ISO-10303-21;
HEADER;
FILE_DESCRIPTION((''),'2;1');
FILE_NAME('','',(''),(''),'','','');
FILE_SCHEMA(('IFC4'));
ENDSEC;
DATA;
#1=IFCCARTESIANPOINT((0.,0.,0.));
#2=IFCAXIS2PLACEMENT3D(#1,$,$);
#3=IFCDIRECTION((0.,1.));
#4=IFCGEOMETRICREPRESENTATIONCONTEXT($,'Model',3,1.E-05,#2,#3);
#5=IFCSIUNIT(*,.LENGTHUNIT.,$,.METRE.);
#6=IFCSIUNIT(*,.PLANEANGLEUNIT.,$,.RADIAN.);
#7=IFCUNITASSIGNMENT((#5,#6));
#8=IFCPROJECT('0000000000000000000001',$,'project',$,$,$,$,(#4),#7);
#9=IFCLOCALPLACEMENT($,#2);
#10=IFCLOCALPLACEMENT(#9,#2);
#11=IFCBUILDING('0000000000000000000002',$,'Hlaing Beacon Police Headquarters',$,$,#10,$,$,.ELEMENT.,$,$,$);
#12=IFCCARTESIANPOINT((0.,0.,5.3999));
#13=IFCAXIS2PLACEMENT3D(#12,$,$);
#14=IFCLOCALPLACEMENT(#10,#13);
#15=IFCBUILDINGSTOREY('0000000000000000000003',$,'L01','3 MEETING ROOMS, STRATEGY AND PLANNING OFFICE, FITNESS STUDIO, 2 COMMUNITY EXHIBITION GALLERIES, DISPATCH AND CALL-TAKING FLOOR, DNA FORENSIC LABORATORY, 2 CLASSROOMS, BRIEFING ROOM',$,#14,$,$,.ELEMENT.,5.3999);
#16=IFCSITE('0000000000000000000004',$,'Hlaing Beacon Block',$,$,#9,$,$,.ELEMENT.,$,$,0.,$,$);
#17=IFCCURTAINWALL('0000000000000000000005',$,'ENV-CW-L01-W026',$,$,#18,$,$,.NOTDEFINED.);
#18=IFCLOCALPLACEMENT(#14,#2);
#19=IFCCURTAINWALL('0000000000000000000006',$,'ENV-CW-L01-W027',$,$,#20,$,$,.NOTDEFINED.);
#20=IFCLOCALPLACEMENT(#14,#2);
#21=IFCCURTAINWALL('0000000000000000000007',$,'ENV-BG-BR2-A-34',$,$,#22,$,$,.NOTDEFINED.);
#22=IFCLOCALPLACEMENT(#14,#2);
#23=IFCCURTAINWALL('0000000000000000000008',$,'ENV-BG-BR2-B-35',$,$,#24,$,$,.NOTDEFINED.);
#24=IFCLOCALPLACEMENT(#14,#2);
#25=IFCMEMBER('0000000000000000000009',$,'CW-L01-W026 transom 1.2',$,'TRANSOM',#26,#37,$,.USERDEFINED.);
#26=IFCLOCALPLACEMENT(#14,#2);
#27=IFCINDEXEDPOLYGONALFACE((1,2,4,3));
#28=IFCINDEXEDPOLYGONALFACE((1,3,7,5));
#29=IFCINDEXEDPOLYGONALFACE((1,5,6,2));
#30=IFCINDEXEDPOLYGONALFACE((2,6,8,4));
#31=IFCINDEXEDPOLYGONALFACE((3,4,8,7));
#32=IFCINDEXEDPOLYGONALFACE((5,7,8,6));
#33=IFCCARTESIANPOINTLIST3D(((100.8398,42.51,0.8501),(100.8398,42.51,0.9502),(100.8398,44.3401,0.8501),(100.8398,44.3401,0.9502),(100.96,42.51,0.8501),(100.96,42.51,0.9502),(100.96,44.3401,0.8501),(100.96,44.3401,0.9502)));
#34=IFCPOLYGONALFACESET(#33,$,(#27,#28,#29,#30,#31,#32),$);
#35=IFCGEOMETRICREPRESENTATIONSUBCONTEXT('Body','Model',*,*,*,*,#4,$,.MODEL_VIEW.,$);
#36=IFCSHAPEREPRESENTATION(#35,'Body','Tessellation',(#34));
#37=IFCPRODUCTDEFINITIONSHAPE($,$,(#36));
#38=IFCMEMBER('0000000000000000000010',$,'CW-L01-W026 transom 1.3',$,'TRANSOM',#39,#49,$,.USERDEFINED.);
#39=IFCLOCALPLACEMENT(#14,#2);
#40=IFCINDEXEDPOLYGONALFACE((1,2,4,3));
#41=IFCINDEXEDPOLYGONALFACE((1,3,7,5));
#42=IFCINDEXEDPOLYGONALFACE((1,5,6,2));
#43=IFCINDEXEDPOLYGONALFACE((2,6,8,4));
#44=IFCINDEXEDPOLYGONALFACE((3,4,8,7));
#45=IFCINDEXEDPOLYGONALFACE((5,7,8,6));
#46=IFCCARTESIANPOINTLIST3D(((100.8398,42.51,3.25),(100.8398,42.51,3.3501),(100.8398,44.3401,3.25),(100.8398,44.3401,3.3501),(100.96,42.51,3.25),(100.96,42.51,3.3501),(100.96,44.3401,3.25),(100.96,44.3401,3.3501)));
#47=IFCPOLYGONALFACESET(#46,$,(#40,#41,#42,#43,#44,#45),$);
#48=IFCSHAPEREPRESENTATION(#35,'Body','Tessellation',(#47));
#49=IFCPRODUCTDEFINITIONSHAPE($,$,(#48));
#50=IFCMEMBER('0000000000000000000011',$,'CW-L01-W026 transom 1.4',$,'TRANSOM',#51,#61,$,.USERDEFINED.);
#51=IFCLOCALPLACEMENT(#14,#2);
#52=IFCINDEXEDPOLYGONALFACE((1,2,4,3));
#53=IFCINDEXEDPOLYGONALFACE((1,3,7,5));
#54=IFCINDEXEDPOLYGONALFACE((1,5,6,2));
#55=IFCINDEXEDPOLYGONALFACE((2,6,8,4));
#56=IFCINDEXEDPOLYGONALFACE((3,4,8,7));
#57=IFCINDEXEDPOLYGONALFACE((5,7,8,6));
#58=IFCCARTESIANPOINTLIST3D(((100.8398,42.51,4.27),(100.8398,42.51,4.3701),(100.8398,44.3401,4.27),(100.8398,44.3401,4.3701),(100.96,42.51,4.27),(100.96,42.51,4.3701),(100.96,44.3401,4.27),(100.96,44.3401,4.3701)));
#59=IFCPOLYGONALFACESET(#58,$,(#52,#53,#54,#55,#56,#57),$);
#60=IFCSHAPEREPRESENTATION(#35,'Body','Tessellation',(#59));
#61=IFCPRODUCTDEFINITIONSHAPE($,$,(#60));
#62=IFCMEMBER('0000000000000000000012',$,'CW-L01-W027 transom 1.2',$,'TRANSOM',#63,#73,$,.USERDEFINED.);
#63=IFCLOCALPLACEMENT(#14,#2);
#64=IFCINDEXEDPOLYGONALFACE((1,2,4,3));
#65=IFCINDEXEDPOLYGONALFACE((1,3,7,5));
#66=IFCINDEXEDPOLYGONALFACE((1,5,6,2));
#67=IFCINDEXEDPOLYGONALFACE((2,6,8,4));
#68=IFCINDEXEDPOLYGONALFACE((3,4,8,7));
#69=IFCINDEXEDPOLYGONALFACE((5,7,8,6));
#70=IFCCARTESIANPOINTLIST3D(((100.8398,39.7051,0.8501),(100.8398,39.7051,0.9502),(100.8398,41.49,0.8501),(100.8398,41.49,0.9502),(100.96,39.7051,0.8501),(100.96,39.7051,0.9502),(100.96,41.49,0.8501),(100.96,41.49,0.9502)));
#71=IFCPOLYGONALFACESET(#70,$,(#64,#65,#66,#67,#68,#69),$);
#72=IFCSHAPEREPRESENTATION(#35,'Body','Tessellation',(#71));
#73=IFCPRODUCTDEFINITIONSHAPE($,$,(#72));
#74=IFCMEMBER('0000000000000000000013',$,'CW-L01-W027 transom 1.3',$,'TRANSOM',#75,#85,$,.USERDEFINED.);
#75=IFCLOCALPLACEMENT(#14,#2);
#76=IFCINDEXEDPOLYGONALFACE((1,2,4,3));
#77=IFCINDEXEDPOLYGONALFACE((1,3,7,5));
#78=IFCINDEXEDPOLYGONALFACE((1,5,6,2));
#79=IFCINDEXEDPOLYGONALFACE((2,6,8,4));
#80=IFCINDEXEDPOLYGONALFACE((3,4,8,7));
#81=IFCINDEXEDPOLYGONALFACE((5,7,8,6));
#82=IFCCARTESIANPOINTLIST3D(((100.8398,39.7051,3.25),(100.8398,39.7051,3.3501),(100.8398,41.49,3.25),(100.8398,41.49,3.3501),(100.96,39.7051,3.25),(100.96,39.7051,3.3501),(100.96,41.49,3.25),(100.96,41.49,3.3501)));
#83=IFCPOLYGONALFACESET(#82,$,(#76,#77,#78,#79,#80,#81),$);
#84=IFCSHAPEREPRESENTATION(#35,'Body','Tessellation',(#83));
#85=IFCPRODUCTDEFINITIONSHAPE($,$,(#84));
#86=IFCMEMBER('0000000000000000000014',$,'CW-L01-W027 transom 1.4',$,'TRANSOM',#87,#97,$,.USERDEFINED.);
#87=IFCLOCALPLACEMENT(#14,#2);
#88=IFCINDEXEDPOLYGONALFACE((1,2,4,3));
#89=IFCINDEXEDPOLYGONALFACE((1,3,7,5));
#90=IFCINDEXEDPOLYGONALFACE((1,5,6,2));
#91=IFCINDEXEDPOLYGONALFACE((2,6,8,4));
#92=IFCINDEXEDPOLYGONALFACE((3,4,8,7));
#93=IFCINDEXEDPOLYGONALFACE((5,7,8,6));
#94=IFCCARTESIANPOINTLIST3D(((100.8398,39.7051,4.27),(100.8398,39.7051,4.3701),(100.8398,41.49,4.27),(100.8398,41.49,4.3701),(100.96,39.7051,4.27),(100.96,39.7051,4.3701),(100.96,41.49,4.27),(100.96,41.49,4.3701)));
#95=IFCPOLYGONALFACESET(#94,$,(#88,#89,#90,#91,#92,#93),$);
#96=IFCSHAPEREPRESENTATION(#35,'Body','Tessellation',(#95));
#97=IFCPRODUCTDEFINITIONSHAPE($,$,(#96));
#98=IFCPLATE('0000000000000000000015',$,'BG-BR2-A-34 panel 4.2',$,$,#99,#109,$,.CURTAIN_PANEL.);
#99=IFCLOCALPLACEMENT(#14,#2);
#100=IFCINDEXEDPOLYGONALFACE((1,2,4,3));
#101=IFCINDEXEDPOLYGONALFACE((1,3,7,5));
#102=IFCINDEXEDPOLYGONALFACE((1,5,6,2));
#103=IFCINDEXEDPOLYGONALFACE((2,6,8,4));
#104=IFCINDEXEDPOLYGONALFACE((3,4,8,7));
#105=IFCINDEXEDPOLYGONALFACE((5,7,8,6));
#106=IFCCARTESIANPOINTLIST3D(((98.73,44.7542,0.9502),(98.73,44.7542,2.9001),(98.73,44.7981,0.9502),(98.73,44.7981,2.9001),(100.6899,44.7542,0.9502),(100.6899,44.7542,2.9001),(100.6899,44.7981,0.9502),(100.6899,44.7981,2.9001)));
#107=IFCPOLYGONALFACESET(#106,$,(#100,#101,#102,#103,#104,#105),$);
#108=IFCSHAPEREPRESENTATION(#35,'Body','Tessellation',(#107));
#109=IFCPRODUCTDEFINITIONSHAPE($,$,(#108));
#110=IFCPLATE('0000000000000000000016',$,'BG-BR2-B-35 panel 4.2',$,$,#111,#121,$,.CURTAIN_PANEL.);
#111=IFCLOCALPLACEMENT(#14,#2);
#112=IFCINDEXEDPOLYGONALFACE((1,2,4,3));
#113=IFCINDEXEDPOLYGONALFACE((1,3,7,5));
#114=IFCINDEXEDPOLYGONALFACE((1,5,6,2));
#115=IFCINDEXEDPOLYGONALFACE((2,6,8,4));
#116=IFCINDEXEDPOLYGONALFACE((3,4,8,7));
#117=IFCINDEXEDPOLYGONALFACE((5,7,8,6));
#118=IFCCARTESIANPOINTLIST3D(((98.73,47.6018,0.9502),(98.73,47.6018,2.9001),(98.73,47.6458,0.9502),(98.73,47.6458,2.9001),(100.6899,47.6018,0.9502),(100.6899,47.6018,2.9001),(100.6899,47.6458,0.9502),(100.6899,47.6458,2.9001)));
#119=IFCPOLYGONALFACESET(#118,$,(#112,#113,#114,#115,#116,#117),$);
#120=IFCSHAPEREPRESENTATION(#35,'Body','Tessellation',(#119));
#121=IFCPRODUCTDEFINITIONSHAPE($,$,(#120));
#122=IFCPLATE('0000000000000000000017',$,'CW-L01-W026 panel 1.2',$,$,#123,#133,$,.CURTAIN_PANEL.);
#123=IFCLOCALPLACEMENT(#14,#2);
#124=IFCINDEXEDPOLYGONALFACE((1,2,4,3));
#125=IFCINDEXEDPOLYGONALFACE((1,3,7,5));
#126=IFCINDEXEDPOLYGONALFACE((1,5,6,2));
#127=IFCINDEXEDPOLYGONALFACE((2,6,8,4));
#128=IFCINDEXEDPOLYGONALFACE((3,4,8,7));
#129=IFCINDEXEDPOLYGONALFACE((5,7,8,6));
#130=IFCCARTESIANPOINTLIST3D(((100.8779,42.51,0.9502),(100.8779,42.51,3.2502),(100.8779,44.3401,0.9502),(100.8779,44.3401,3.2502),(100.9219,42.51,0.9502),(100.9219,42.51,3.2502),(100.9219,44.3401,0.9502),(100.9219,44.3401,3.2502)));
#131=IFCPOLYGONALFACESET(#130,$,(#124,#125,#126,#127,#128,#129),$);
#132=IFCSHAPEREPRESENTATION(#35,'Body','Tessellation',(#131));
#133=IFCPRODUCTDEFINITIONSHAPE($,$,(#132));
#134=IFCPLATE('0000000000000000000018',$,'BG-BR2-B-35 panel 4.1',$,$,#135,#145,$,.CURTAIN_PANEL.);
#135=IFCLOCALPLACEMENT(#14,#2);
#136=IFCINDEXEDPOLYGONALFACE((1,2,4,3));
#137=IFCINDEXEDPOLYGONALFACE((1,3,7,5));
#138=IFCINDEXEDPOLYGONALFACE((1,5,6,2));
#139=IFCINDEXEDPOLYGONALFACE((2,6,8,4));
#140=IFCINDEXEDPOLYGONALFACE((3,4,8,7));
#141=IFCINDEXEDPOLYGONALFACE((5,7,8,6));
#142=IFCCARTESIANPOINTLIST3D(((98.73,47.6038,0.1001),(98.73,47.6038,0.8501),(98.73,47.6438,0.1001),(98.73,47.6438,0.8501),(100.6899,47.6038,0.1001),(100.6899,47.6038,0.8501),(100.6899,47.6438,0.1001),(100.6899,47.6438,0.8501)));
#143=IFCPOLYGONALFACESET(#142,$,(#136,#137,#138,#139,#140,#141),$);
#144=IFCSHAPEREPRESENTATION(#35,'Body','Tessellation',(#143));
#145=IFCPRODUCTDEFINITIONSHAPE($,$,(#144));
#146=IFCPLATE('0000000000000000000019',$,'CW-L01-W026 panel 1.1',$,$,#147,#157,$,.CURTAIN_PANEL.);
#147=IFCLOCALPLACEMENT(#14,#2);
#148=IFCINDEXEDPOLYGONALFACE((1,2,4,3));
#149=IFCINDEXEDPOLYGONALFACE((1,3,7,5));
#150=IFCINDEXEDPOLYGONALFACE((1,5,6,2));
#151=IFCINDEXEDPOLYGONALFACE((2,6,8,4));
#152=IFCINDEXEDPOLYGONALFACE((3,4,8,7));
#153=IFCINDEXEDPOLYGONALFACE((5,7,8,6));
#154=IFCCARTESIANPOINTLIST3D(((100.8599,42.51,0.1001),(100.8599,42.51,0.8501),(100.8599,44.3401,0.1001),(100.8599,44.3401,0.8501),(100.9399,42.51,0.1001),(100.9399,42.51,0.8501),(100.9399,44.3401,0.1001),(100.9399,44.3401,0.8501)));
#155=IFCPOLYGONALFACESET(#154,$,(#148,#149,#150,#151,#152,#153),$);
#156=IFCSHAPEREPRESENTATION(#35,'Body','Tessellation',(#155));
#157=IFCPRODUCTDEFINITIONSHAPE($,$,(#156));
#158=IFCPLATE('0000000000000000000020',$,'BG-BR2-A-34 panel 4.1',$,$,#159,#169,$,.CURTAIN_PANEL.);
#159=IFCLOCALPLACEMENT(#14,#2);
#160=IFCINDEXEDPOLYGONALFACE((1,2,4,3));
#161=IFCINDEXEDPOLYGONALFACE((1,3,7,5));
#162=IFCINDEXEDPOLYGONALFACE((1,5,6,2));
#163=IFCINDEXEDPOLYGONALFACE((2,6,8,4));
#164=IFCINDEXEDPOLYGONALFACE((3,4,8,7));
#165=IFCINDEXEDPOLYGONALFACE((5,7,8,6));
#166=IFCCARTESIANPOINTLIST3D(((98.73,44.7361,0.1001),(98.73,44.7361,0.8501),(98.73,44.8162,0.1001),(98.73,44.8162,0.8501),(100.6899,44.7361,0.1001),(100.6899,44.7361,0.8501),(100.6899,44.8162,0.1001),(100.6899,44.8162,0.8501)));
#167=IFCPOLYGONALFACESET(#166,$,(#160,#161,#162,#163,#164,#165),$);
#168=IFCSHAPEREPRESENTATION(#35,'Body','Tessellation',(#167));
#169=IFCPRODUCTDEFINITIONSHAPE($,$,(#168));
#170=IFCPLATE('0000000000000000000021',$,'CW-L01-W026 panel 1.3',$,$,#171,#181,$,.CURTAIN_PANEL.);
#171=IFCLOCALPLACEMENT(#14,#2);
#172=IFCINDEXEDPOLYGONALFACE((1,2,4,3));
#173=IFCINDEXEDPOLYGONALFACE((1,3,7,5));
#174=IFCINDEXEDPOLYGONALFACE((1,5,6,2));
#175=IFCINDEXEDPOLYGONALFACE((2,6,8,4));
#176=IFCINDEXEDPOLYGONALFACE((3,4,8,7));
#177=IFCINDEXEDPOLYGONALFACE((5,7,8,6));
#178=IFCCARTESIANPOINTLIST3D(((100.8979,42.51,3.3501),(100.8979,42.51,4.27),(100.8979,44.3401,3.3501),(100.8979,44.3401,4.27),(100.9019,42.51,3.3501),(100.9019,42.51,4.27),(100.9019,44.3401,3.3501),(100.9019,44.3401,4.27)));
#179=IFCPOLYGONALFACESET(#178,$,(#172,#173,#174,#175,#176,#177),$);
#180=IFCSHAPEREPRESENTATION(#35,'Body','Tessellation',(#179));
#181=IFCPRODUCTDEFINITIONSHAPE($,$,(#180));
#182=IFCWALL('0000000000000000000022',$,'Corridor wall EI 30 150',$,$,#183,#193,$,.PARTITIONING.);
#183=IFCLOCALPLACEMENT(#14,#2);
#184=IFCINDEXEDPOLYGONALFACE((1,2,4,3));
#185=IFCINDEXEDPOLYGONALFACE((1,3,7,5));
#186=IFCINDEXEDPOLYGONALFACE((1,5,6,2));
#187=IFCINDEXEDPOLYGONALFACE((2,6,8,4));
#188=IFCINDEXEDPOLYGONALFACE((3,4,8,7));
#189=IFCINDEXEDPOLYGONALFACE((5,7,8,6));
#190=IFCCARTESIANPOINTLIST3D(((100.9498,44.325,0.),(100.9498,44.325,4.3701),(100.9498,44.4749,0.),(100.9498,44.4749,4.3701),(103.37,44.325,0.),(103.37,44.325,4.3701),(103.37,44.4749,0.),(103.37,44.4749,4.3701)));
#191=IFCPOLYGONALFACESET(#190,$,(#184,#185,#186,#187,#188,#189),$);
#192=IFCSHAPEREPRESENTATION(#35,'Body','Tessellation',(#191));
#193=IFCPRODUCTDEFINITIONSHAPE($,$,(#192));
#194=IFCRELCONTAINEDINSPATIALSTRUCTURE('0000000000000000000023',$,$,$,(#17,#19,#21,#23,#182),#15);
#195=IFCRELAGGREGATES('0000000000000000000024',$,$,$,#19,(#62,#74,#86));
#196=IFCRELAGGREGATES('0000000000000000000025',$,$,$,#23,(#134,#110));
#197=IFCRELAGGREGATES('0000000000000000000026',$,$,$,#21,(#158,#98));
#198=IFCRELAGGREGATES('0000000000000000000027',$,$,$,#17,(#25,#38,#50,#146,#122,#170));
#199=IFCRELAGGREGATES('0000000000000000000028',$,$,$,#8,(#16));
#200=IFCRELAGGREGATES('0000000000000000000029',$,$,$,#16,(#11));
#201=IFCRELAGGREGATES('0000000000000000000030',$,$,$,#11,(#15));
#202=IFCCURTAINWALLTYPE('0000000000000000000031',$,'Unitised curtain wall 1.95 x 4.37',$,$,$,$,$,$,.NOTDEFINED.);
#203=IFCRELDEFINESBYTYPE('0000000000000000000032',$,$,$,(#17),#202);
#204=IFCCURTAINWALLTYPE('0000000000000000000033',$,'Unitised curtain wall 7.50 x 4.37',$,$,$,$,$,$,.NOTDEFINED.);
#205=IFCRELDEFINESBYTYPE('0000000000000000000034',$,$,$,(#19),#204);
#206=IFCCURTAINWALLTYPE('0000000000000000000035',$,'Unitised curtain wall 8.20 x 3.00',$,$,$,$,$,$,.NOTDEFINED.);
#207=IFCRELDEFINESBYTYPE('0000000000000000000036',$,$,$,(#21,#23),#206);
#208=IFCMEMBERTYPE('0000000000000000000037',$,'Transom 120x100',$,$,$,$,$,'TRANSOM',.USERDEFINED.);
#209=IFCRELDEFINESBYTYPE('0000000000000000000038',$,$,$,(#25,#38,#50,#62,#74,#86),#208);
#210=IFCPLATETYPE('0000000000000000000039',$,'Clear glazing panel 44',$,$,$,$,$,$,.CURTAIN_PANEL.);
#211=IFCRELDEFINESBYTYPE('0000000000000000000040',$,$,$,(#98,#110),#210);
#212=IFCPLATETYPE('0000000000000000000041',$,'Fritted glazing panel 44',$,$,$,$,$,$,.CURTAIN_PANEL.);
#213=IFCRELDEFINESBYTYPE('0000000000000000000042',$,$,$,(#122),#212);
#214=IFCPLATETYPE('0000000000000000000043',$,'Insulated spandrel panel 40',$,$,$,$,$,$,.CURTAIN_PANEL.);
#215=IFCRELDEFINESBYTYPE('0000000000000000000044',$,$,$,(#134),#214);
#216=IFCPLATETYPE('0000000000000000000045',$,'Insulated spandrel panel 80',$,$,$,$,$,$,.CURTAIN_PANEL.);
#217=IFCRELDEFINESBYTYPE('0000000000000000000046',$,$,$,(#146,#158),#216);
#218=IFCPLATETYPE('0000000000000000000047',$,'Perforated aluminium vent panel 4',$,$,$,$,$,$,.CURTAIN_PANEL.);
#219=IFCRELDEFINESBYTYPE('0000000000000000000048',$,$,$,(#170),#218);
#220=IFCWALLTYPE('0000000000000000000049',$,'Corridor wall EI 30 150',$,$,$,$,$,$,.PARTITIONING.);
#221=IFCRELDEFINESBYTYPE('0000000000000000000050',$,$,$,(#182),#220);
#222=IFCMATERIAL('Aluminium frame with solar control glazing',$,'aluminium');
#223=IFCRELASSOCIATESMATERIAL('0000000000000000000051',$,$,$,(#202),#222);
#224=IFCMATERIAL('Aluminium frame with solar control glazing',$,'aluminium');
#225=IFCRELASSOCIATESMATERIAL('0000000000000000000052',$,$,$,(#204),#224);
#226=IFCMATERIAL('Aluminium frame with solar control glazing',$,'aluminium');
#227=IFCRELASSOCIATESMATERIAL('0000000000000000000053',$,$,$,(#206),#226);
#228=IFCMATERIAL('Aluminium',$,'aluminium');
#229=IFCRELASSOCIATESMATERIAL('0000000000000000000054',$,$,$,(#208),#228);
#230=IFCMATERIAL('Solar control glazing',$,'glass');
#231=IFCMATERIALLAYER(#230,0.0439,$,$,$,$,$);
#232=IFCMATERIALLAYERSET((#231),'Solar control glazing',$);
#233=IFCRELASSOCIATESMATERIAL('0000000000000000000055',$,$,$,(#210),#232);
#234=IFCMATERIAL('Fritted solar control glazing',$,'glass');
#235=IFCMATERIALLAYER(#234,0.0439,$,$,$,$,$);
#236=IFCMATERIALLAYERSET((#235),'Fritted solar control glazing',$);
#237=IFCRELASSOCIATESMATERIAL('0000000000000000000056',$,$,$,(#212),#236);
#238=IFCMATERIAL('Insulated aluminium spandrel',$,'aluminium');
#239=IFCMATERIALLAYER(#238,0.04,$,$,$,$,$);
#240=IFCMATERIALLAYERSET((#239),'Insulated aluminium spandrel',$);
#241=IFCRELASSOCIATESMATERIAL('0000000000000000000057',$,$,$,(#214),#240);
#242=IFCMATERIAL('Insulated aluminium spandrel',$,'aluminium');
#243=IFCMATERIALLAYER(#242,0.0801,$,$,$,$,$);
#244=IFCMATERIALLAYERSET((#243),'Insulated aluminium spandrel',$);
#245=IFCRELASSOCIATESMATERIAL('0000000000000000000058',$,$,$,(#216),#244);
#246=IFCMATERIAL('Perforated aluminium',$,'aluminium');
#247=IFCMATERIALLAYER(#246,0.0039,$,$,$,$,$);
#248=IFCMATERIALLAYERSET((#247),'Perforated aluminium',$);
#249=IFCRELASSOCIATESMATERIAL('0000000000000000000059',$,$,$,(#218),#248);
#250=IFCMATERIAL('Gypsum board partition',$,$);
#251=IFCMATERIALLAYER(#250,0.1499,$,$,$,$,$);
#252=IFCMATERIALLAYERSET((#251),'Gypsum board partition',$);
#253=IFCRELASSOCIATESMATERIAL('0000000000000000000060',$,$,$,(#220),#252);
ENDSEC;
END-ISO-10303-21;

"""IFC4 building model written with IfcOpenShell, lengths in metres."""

from ifc_helpers import new_model, si_unit, direction, frame, frame_2d, origin, origin_2d, place, context, subcontext, project, spatial, rectangle, extrude, material, layer, layer_set, material_profile, profile_set, type_object, element, aggregate, save


model = new_model("IFC4")

# Units and contexts
model_context = context("Model", 3, precision=1e-05, world=origin(), true_north=direction((0.0, 1.0)))
body_context = subcontext(model_context, "Body", "Model", "MODEL_VIEW")
ifc_project = project(units=[si_unit("LENGTHUNIT", "METRE"), si_unit("PLANEANGLEUNIT", "RADIAN")], contexts=[model_context])

# Site, building, storey
site_placement = place(None, origin())
site = spatial("IfcSite", under=ifc_project, at=site_placement, Name="Hlaing Beacon Block", CompositionType="ELEMENT", RefElevation=0.0)
building_placement = place(site_placement, origin())
building = spatial("IfcBuilding", under=site, at=building_placement, Name="Hlaing Beacon Police Headquarters", CompositionType="ELEMENT")
storey_placement = place(building_placement, frame((0.0, 0.0, 5.3999)))
storey = spatial("IfcBuildingStorey", under=building, at=storey_placement, Name="L01", Description="3 MEETING ROOMS, STRATEGY AND PLANNING OFFICE, FITNESS STUDIO, 2 COMMUNITY EXHIBITION GALLERIES, DISPATCH AND CALL-TAKING FLOOR, DNA FORENSIC LABORATORY, 2 CLASSROOMS, BRIEFING ROOM", CompositionType="ELEMENT", Elevation=5.3999)

# Shared definitions
ifc_material_1 = material(Name="Aluminium frame with solar control glazing", Category="aluminium")
curtain_wall_type_1 = type_object("IfcCurtainWallType", Name="Unitised curtain wall 1.95 x 4.37", PredefinedType="NOTDEFINED", material=ifc_material_1)

# Curtain wall
curtain_wall_1_placement = place(storey_placement, origin())
curtain_wall_1 = element("IfcCurtainWall", 1, at=curtain_wall_1_placement, inside=storey, type_object=curtain_wall_type_1, Name="ENV-CW-L01-W026", PredefinedType="NOTDEFINED")

# Curtain walls
ifc_material_2 = material(Name="Aluminium frame with solar control glazing", Category="aluminium")
curtain_wall_type_2 = type_object("IfcCurtainWallType", Name="Unitised curtain wall 7.50 x 4.37", PredefinedType="NOTDEFINED", material=ifc_material_2)
curtain_wall_2_placement = place(storey_placement, origin())
curtain_wall_2 = element("IfcCurtainWall", 2, at=curtain_wall_2_placement, inside=storey, type_object=curtain_wall_type_2, Name="ENV-CW-L01-W027", PredefinedType="NOTDEFINED")
ifc_material_3 = material(Name="Aluminium frame with solar control glazing", Category="aluminium")
curtain_wall_type_3 = type_object("IfcCurtainWallType", Name="Unitised curtain wall 8.20 x 3.00", PredefinedType="NOTDEFINED", material=ifc_material_3)
curtain_wall_3_placement = place(storey_placement, origin())
curtain_wall_3 = element("IfcCurtainWall", 3, at=curtain_wall_3_placement, inside=storey, type_object=curtain_wall_type_3, Name="ENV-BG-BR2-A-34", PredefinedType="NOTDEFINED")
curtain_wall_4_placement = place(storey_placement, origin())
curtain_wall_4 = element("IfcCurtainWall", 4, at=curtain_wall_4_placement, inside=storey, type_object=curtain_wall_type_3, Name="ENV-BG-BR2-B-35", PredefinedType="NOTDEFINED")

# Members
ifc_material_4 = material(Name="Aluminium", Category="aluminium")
ifc_material_profile_1 = material_profile(ifc_material_4, rectangle(XDim=0.1201, YDim=0.1001, at=origin_2d()), Name="Transom 120x100")
ifc_profile_set_1 = profile_set([ifc_material_profile_1], Name="Aluminium")
member_type_1 = type_object("IfcMemberType", Name="Transom 120x100", ElementType="TRANSOM", PredefinedType="USERDEFINED", material=ifc_profile_set_1)
member_1_placement = place(storey_placement, frame((100.8999, 44.3401, 0.9001), z_axis=(0.0, -1.0, 0.0), x_axis=(1.0, 0.0, 0.0)))
member_1 = element("IfcMember", 5, at=member_1_placement, type_object=member_type_1, Name="CW-L01-W026 transom 1.2", ObjectType="TRANSOM", PredefinedType="USERDEFINED", context=body_context, shape_type="SweptSolid", body=[
    extrude(rectangle(XDim=0.1201, YDim=0.1001, at=origin_2d()), origin(), (0.0, 0.0, 1.0), 1.8301),
])
member_2_placement = place(storey_placement, frame((100.8999, 44.3401, 3.3), z_axis=(0.0, -1.0, 0.0), x_axis=(1.0, 0.0, 0.0)))
member_2 = element("IfcMember", 6, at=member_2_placement, type_object=member_type_1, Name="CW-L01-W026 transom 1.3", ObjectType="TRANSOM", PredefinedType="USERDEFINED", context=body_context, shape_type="SweptSolid", body=[
    extrude(rectangle(XDim=0.1201, YDim=0.1001, at=origin_2d()), origin(), (0.0, 0.0, 1.0), 1.8301),
])
member_3_placement = place(storey_placement, frame((100.8999, 44.3401, 4.3201), z_axis=(0.0, -1.0, 0.0), x_axis=(1.0, 0.0, 0.0)))
member_3 = element("IfcMember", 7, at=member_3_placement, type_object=member_type_1, Name="CW-L01-W026 transom 1.4", ObjectType="TRANSOM", PredefinedType="USERDEFINED", context=body_context, shape_type="SweptSolid", body=[
    extrude(rectangle(XDim=0.1201, YDim=0.1001, at=origin_2d()), origin(), (0.0, 0.0, 1.0), 1.8301),
])
member_4_placement = place(storey_placement, frame((100.8999, 41.49, 0.9001), z_axis=(0.0, -1.0, 0.0), x_axis=(1.0, 0.0, 0.0)))
member_4 = element("IfcMember", 8, at=member_4_placement, type_object=member_type_1, Name="CW-L01-W027 transom 1.2", ObjectType="TRANSOM", PredefinedType="USERDEFINED", context=body_context, shape_type="SweptSolid", body=[
    extrude(rectangle(XDim=0.1201, YDim=0.1001, at=origin_2d()), origin(), (0.0, 0.0, 1.0), 1.7849),
])
member_5_placement = place(storey_placement, frame((100.8999, 41.49, 3.3), z_axis=(0.0, -1.0, 0.0), x_axis=(1.0, 0.0, 0.0)))
member_5 = element("IfcMember", 9, at=member_5_placement, type_object=member_type_1, Name="CW-L01-W027 transom 1.3", ObjectType="TRANSOM", PredefinedType="USERDEFINED", context=body_context, shape_type="SweptSolid", body=[
    extrude(rectangle(XDim=0.1201, YDim=0.1001, at=origin_2d()), origin(), (0.0, 0.0, 1.0), 1.7849),
])
member_6_placement = place(storey_placement, frame((100.8999, 41.49, 4.3201), z_axis=(0.0, -1.0, 0.0), x_axis=(1.0, 0.0, 0.0)))
member_6 = element("IfcMember", 10, at=member_6_placement, type_object=member_type_1, Name="CW-L01-W027 transom 1.4", ObjectType="TRANSOM", PredefinedType="USERDEFINED", context=body_context, shape_type="SweptSolid", body=[
    extrude(rectangle(XDim=0.1201, YDim=0.1001, at=origin_2d()), origin(), (0.0, 0.0, 1.0), 1.7849),
])
aggregate(curtain_wall_2, [member_4, member_5, member_6])

# Plates
ifc_material_5 = material(Name="Solar control glazing", Category="glass")
ifc_layer_1 = layer(ifc_material_5, 0.0439)
ifc_layer_set_1 = layer_set([ifc_layer_1], Name="Solar control glazing")
plate_type_1 = type_object("IfcPlateType", Name="Clear glazing panel 44", PredefinedType="CURTAIN_PANEL", material=ifc_layer_set_1)
plate_1_placement = place(storey_placement, frame((99.71, 44.7761, 0.9502), z_axis=(0.0, 0.0, 1.0), x_axis=(1.0, 0.0, 0.0)))
plate_1 = element("IfcPlate", 11, at=plate_1_placement, type_object=plate_type_1, Name="BG-BR2-A-34 panel 4.2", PredefinedType="CURTAIN_PANEL", context=body_context, shape_type="SweptSolid", body=[
    extrude(rectangle(XDim=1.96, YDim=0.0439, at=origin_2d()), origin(), (0.0, 0.0, 1.0), 1.95),
])
plate_2_placement = place(storey_placement, frame((99.71, 47.6238, 0.9502), z_axis=(0.0, 0.0, 1.0), x_axis=(1.0, 0.0, 0.0)))
plate_2 = element("IfcPlate", 12, at=plate_2_placement, type_object=plate_type_1, Name="BG-BR2-B-35 panel 4.2", PredefinedType="CURTAIN_PANEL", context=body_context, shape_type="SweptSolid", body=[
    extrude(rectangle(XDim=1.96, YDim=0.0439, at=origin_2d()), origin(), (0.0, 0.0, 1.0), 1.95),
])
ifc_material_6 = material(Name="Fritted solar control glazing", Category="glass")
ifc_layer_2 = layer(ifc_material_6, 0.0439)
ifc_layer_set_2 = layer_set([ifc_layer_2], Name="Fritted solar control glazing")
plate_type_2 = type_object("IfcPlateType", Name="Fritted glazing panel 44", PredefinedType="CURTAIN_PANEL", material=ifc_layer_set_2)
plate_3_placement = place(storey_placement, frame((100.8999, 43.425, 0.9502), z_axis=(0.0, 0.0, 1.0), x_axis=(0.0, -1.0, 0.0)))
plate_3 = element("IfcPlate", 13, at=plate_3_placement, type_object=plate_type_2, Name="CW-L01-W026 panel 1.2", PredefinedType="CURTAIN_PANEL", context=body_context, shape_type="SweptSolid", body=[
    extrude(rectangle(XDim=1.8301, YDim=0.0439, at=origin_2d()), origin(), (0.0, 0.0, 1.0), 2.3),
])
ifc_material_7 = material(Name="Insulated aluminium spandrel", Category="aluminium")
ifc_layer_3 = layer(ifc_material_7, 0.04)
ifc_layer_set_3 = layer_set([ifc_layer_3], Name="Insulated aluminium spandrel")
plate_type_3 = type_object("IfcPlateType", Name="Insulated spandrel panel 40", PredefinedType="CURTAIN_PANEL", material=ifc_layer_set_3)
plate_4_placement = place(storey_placement, frame((99.71, 47.6238, 0.1001), z_axis=(0.0, 0.0, 1.0), x_axis=(1.0, 0.0, 0.0)))
plate_4 = element("IfcPlate", 14, at=plate_4_placement, type_object=plate_type_3, Name="BG-BR2-B-35 panel 4.1", PredefinedType="CURTAIN_PANEL", context=body_context, shape_type="SweptSolid", body=[
    extrude(rectangle(XDim=1.96, YDim=0.04, at=origin_2d()), origin(), (0.0, 0.0, 1.0), 0.75),
])
aggregate(curtain_wall_4, [plate_4, plate_2])
ifc_material_8 = material(Name="Insulated aluminium spandrel", Category="aluminium")
ifc_layer_4 = layer(ifc_material_8, 0.0801)
ifc_layer_set_4 = layer_set([ifc_layer_4], Name="Insulated aluminium spandrel")
plate_type_4 = type_object("IfcPlateType", Name="Insulated spandrel panel 80", PredefinedType="CURTAIN_PANEL", material=ifc_layer_set_4)
plate_5_placement = place(storey_placement, frame((100.8999, 43.425, 0.1001), z_axis=(0.0, 0.0, 1.0), x_axis=(0.0, -1.0, 0.0)))
plate_5 = element("IfcPlate", 15, at=plate_5_placement, type_object=plate_type_4, Name="CW-L01-W026 panel 1.1", PredefinedType="CURTAIN_PANEL", context=body_context, shape_type="SweptSolid", body=[
    extrude(rectangle(XDim=1.8301, YDim=0.0801, at=origin_2d()), origin(), (0.0, 0.0, 1.0), 0.75),
])
plate_6_placement = place(storey_placement, frame((99.71, 44.7761, 0.1001), z_axis=(0.0, 0.0, 1.0), x_axis=(1.0, 0.0, 0.0)))
plate_6 = element("IfcPlate", 16, at=plate_6_placement, type_object=plate_type_4, Name="BG-BR2-A-34 panel 4.1", PredefinedType="CURTAIN_PANEL", context=body_context, shape_type="SweptSolid", body=[
    extrude(rectangle(XDim=1.96, YDim=0.0801, at=origin_2d()), origin(), (0.0, 0.0, 1.0), 0.75),
])
aggregate(curtain_wall_3, [plate_6, plate_1])
ifc_material_9 = material(Name="Perforated aluminium", Category="aluminium")
ifc_layer_5 = layer(ifc_material_9, 0.0039)
ifc_layer_set_5 = layer_set([ifc_layer_5], Name="Perforated aluminium")
plate_type_5 = type_object("IfcPlateType", Name="Perforated aluminium vent panel 4", PredefinedType="CURTAIN_PANEL", material=ifc_layer_set_5)
plate_7_placement = place(storey_placement, frame((100.8999, 43.425, 3.3501), z_axis=(0.0, 0.0, 1.0), x_axis=(0.0, -1.0, 0.0)))
plate_7 = element("IfcPlate", 17, at=plate_7_placement, type_object=plate_type_5, Name="CW-L01-W026 panel 1.3", PredefinedType="CURTAIN_PANEL", context=body_context, shape_type="SweptSolid", body=[
    extrude(rectangle(XDim=1.8301, YDim=0.0039, at=origin_2d()), origin(), (0.0, 0.0, 1.0), 0.9199),
])
aggregate(curtain_wall_1, [member_1, member_2, member_3, plate_5, plate_3, plate_7])

# Wall
ifc_material_10 = material(Name="Gypsum board partition")
ifc_layer_6 = layer(ifc_material_10, 0.1499)
ifc_layer_set_6 = layer_set([ifc_layer_6], Name="Gypsum board partition")
wall_type_1 = type_object("IfcWallType", Name="Corridor wall EI 30 150", PredefinedType="PARTITIONING", material=ifc_layer_set_6)
wall_1_placement = place(storey_placement, frame((100.95, 44.3999, 0.0), z_axis=(0.0, 0.0, 1.0), x_axis=(1.0, 0.0, 0.0)))
element("IfcWall", 18, at=wall_1_placement, inside=storey, type_object=wall_type_1, Name="Corridor wall EI 30 150", PredefinedType="PARTITIONING", context=body_context, shape_type="SweptSolid", body=[
    extrude(rectangle(XDim=2.4202, YDim=0.1499, at=frame_2d((1.21, 0.0))), origin(), (0.0, 0.0, 1.0), 4.3701),
])

save(model, "model.ifc")
